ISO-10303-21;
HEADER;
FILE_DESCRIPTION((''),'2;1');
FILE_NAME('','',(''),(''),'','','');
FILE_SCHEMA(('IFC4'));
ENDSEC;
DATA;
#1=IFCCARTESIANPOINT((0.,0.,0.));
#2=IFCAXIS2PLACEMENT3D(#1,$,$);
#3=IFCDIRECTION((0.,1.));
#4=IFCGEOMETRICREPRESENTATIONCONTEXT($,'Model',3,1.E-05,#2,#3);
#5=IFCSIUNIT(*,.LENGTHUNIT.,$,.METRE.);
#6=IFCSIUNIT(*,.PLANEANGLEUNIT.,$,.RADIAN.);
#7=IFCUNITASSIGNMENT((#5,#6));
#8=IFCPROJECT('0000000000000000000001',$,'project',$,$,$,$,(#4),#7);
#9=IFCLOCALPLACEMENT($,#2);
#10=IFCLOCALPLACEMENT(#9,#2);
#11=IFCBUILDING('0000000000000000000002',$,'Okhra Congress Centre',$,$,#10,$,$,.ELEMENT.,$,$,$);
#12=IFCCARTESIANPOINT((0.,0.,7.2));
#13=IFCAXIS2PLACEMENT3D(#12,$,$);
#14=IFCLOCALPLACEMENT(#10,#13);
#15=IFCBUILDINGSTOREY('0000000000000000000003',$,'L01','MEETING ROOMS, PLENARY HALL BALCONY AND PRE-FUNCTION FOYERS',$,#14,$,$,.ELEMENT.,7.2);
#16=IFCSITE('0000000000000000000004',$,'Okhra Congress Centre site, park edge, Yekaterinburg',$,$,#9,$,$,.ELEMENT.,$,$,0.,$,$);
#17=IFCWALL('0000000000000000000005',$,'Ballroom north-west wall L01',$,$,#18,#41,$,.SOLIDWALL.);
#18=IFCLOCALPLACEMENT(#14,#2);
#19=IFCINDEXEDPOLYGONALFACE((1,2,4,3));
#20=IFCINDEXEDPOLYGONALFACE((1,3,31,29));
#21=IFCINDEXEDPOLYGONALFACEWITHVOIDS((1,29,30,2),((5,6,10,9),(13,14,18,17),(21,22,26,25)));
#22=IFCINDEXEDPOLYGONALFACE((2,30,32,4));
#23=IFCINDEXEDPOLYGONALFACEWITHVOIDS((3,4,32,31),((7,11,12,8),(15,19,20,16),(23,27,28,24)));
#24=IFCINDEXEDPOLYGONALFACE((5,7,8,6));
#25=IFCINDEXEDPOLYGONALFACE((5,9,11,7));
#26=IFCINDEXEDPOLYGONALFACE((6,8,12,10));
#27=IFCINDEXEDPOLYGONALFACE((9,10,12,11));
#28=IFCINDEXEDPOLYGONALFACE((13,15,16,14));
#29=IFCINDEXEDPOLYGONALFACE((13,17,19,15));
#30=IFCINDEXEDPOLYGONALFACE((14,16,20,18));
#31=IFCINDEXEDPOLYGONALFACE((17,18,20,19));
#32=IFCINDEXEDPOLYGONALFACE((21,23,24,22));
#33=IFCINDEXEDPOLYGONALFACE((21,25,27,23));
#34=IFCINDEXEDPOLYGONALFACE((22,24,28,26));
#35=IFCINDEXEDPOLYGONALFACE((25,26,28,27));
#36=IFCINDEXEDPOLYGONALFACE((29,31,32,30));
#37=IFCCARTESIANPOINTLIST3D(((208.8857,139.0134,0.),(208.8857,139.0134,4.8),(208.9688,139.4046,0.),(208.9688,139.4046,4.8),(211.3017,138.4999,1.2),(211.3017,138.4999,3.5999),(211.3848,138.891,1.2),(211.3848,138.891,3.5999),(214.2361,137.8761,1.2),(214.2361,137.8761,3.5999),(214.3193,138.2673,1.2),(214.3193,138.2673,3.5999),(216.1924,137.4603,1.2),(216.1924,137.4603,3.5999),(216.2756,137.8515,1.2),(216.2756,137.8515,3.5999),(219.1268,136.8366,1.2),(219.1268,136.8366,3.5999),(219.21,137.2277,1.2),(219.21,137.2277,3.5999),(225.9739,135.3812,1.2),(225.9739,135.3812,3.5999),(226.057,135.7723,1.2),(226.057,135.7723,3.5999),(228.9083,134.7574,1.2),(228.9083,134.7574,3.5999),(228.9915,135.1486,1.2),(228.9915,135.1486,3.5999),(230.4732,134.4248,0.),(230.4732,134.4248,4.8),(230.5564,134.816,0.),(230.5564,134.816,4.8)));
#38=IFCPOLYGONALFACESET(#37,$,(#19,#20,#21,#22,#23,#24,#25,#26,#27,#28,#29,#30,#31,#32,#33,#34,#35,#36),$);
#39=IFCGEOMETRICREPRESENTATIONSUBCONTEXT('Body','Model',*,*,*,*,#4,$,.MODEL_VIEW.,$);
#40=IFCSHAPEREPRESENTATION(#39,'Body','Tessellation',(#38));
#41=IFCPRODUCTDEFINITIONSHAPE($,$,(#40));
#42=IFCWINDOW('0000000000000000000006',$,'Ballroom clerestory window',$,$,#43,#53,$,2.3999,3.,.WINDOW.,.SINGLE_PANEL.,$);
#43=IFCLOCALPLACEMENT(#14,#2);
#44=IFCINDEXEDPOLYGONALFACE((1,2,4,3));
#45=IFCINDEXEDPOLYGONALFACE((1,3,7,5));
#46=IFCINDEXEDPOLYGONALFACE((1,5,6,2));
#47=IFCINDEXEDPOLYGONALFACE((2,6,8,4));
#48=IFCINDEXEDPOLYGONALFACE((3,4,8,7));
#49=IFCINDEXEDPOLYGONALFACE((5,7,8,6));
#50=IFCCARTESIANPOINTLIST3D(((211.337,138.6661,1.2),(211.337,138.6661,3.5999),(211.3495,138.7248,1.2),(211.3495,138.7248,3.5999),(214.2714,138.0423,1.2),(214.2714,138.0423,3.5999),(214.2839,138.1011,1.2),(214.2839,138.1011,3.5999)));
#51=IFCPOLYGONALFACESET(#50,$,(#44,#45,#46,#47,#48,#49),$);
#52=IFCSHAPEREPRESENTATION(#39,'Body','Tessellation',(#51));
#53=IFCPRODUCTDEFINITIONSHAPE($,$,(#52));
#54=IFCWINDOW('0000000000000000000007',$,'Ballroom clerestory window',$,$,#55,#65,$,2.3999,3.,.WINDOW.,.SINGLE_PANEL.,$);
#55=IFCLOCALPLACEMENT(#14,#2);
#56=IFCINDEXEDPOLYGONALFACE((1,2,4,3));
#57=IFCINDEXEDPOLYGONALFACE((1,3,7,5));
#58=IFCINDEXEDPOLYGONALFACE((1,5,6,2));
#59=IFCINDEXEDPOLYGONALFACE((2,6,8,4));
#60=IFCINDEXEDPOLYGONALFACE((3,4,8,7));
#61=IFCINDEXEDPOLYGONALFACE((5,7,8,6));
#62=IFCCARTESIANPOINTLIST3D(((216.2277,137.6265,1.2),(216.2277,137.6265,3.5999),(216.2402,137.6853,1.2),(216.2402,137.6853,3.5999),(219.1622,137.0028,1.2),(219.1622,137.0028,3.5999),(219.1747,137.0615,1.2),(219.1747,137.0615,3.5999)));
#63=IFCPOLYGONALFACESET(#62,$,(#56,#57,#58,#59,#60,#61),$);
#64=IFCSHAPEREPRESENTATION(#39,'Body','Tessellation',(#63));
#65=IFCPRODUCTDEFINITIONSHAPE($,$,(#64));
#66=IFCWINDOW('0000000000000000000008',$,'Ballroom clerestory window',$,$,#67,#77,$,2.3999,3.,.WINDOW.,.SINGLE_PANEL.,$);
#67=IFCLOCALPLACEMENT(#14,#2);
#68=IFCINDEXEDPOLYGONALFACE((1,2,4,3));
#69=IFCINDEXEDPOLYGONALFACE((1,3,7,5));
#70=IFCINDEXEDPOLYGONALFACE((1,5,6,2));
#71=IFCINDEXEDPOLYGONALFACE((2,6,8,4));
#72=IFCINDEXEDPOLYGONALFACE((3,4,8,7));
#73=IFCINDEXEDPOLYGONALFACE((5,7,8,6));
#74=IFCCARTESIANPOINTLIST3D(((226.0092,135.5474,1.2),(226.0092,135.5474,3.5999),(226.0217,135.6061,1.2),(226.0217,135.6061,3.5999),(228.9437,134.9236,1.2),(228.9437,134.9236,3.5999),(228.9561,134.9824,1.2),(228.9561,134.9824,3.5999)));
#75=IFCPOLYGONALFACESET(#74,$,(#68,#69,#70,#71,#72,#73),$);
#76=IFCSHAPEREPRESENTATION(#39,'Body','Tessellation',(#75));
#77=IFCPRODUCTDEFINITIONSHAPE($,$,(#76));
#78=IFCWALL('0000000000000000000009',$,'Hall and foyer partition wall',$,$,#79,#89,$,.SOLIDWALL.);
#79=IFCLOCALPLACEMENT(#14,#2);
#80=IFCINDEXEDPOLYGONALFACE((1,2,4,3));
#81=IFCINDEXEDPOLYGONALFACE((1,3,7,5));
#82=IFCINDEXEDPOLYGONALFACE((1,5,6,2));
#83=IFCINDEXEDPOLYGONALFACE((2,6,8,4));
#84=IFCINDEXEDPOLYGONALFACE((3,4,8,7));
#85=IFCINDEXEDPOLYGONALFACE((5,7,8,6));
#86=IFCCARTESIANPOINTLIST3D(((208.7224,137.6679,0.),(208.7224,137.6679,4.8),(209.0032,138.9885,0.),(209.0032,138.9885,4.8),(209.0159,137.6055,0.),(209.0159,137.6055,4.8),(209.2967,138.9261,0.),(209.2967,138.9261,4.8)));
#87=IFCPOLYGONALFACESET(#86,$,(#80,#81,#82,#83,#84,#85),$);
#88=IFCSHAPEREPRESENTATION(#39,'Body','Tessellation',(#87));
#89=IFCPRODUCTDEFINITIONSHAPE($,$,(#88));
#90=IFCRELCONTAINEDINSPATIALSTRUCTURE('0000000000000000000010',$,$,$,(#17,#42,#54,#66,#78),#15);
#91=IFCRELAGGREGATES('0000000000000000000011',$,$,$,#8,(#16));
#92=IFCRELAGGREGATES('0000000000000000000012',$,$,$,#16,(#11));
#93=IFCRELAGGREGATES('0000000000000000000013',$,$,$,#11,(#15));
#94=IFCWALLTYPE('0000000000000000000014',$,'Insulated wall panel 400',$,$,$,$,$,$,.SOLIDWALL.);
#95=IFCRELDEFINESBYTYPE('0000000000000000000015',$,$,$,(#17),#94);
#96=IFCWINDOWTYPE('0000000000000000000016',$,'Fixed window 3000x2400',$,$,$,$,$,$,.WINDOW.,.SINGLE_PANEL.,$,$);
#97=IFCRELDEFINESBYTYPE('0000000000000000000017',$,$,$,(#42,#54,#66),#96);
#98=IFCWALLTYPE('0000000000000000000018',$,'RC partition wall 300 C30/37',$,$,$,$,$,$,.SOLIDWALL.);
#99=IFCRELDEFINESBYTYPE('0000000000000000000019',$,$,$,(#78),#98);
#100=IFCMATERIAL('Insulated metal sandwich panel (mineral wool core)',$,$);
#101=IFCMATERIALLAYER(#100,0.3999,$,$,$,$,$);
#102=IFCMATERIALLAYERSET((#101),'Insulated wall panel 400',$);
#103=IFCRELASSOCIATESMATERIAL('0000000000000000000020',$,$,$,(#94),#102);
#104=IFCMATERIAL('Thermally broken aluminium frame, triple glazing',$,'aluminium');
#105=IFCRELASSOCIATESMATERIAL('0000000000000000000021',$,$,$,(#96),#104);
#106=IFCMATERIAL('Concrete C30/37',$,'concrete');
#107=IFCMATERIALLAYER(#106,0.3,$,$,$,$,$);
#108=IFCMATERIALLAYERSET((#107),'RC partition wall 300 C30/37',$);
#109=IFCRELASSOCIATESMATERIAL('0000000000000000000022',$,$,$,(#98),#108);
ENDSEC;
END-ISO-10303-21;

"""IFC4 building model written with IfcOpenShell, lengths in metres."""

from ifc_helpers import new_model, si_unit, direction, frame, frame_2d, origin, place, context, subcontext, project, spatial, rectangle, extrude, material, layer, layer_set, type_object, element, fill, save


model = new_model("IFC4")

# Units and contexts
model_context = context("Model", 3, precision=1e-05, world=origin(), true_north=direction((0.0, 1.0)))
body_context = subcontext(model_context, "Body", "Model", "MODEL_VIEW")
ifc_project = project(units=[si_unit("LENGTHUNIT", "METRE"), si_unit("PLANEANGLEUNIT", "RADIAN")], contexts=[model_context])

# Site, building, storey
site_placement = place(None, origin())
site = spatial("IfcSite", under=ifc_project, at=site_placement, Name="Okhra Congress Centre site, park edge, Yekaterinburg", CompositionType="ELEMENT", RefElevation=0.0)
building_placement = place(site_placement, origin())
building = spatial("IfcBuilding", under=site, at=building_placement, Name="Okhra Congress Centre", CompositionType="ELEMENT")
storey_placement = place(building_placement, frame((0.0, 0.0, 7.2)))
storey = spatial("IfcBuildingStorey", under=building, at=storey_placement, Name="L01", Description="MEETING ROOMS, PLENARY HALL BALCONY AND PRE-FUNCTION FOYERS", CompositionType="ELEMENT", Elevation=7.2)

# Wall, openings, windows
ifc_material_1 = material(Name="Insulated metal sandwich panel (mineral wool core)")
ifc_layer_1 = layer(ifc_material_1, 0.3999)
ifc_layer_set_1 = layer_set([ifc_layer_1], Name="Insulated wall panel 400")
wall_type_1 = type_object("IfcWallType", Name="Insulated wall panel 400", PredefinedType="SOLIDWALL", material=ifc_layer_set_1)
wall_1_placement = place(storey_placement, frame((208.9272, 139.209, 0.0), z_axis=(0.0, 0.0, 1.0), x_axis=(0.978147, -0.207913, 0.0)))
wall_1 = element("IfcWall", 1, at=wall_1_placement, inside=storey, type_object=wall_type_1, Name="Ballroom north-west wall L01", PredefinedType="SOLIDWALL", context=body_context, shape_type="SweptSolid", body=[
    extrude(rectangle(XDim=22.0698, YDim=0.3999, at=frame_2d((11.0349, 0.0))), origin(), (0.0, 0.0, 1.0), 4.8),
])
opening_1_placement = place(wall_1_placement, frame((2.47, 0.0, 1.2)))
opening_1 = element("IfcOpeningElement", 2, at=opening_1_placement, cuts=wall_1, PredefinedType="OPENING", context=body_context, shape_type="SweptSolid", body=[
    extrude(rectangle(XDim=3.0, YDim=2.3999, at=frame_2d((1.5, 1.2))), frame((0.0, 0.21, 0.0), z_axis=(0.0, -1.0, 0.0), x_axis=(1.0, 0.0, 0.0)), (0.0, 0.0, 1.0), 0.4199),
])
opening_2_placement = place(wall_1_placement, frame((7.47, 0.0, 1.2)))
opening_2 = element("IfcOpeningElement", 3, at=opening_2_placement, cuts=wall_1, PredefinedType="OPENING", context=body_context, shape_type="SweptSolid", body=[
    extrude(rectangle(XDim=3.0, YDim=2.3999, at=frame_2d((1.5, 1.2))), frame((0.0, 0.21, 0.0), z_axis=(0.0, -1.0, 0.0), x_axis=(1.0, 0.0, 0.0)), (0.0, 0.0, 1.0), 0.4199),
])
opening_3_placement = place(wall_1_placement, frame((17.47, 0.0, 1.2)))
opening_3 = element("IfcOpeningElement", 4, at=opening_3_placement, cuts=wall_1, PredefinedType="OPENING", context=body_context, shape_type="SweptSolid", body=[
    extrude(rectangle(XDim=3.0, YDim=2.3999, at=frame_2d((1.5, 1.2))), frame((0.0, 0.21, 0.0), z_axis=(0.0, -1.0, 0.0), x_axis=(1.0, 0.0, 0.0)), (0.0, 0.0, 1.0), 0.4199),
])
ifc_material_2 = material(Name="Thermally broken aluminium frame, triple glazing", Category="aluminium")
window_type = type_object("IfcWindowType", Name="Fixed window 3000x2400", PartitioningType="SINGLE_PANEL", PredefinedType="WINDOW", material=ifc_material_2)
window_1_placement = place(opening_1_placement, origin())
window_1 = element("IfcWindow", 5, at=window_1_placement, inside=storey, type_object=window_type, Name="Ballroom clerestory window", OverallHeight=2.3999, OverallWidth=3.0, PartitioningType="SINGLE_PANEL", PredefinedType="WINDOW", context=body_context, shape_type="SweptSolid", body=[
    extrude(rectangle(XDim=3.0, YDim=2.3999, at=frame_2d((1.5, 1.2))), frame((0.0, 0.03, 0.0), z_axis=(0.0, -1.0, 0.0), x_axis=(1.0, 0.0, 0.0)), (0.0, 0.0, 1.0), 0.0601),
])
fill(opening_1, window_1)
window_2_placement = place(opening_2_placement, origin())
window_2 = element("IfcWindow", 6, at=window_2_placement, inside=storey, type_object=window_type, Name="Ballroom clerestory window", OverallHeight=2.3999, OverallWidth=3.0, PartitioningType="SINGLE_PANEL", PredefinedType="WINDOW", context=body_context, shape_type="SweptSolid", body=[
    extrude(rectangle(XDim=3.0, YDim=2.3999, at=frame_2d((1.5, 1.2))), frame((0.0, 0.03, 0.0), z_axis=(0.0, -1.0, 0.0), x_axis=(1.0, 0.0, 0.0)), (0.0, 0.0, 1.0), 0.0601),
])
fill(opening_2, window_2)
window_3_placement = place(opening_3_placement, origin())
window_3 = element("IfcWindow", 7, at=window_3_placement, inside=storey, type_object=window_type, Name="Ballroom clerestory window", OverallHeight=2.3999, OverallWidth=3.0, PartitioningType="SINGLE_PANEL", PredefinedType="WINDOW", context=body_context, shape_type="SweptSolid", body=[
    extrude(rectangle(XDim=3.0, YDim=2.3999, at=frame_2d((1.5, 1.2))), frame((0.0, 0.03, 0.0), z_axis=(0.0, -1.0, 0.0), x_axis=(1.0, 0.0, 0.0)), (0.0, 0.0, 1.0), 0.0601),
])
fill(opening_3, window_3)

# Wall
ifc_material_3 = material(Name="Concrete C30/37", Category="concrete")
ifc_layer_2 = layer(ifc_material_3, 0.3)
ifc_layer_set_2 = layer_set([ifc_layer_2], Name="RC partition wall 300 C30/37")
wall_type_2 = type_object("IfcWallType", Name="RC partition wall 300 C30/37", PredefinedType="SOLIDWALL", material=ifc_layer_set_2)
wall_2_placement = place(storey_placement, frame((208.8691, 137.6367, 0.0), z_axis=(0.0, 0.0, 1.0), x_axis=(0.20796, 0.978137, 0.0)))
element("IfcWall", 8, at=wall_2_placement, inside=storey, type_object=wall_type_2, Name="Hall and foyer partition wall", PredefinedType="SOLIDWALL", context=body_context, shape_type="SweptSolid", body=[
    extrude(rectangle(XDim=1.3501, YDim=0.3, at=frame_2d((0.675, 0.0))), origin(), (0.0, 0.0, 1.0), 4.8),
])

save(model, "model.ifc")
